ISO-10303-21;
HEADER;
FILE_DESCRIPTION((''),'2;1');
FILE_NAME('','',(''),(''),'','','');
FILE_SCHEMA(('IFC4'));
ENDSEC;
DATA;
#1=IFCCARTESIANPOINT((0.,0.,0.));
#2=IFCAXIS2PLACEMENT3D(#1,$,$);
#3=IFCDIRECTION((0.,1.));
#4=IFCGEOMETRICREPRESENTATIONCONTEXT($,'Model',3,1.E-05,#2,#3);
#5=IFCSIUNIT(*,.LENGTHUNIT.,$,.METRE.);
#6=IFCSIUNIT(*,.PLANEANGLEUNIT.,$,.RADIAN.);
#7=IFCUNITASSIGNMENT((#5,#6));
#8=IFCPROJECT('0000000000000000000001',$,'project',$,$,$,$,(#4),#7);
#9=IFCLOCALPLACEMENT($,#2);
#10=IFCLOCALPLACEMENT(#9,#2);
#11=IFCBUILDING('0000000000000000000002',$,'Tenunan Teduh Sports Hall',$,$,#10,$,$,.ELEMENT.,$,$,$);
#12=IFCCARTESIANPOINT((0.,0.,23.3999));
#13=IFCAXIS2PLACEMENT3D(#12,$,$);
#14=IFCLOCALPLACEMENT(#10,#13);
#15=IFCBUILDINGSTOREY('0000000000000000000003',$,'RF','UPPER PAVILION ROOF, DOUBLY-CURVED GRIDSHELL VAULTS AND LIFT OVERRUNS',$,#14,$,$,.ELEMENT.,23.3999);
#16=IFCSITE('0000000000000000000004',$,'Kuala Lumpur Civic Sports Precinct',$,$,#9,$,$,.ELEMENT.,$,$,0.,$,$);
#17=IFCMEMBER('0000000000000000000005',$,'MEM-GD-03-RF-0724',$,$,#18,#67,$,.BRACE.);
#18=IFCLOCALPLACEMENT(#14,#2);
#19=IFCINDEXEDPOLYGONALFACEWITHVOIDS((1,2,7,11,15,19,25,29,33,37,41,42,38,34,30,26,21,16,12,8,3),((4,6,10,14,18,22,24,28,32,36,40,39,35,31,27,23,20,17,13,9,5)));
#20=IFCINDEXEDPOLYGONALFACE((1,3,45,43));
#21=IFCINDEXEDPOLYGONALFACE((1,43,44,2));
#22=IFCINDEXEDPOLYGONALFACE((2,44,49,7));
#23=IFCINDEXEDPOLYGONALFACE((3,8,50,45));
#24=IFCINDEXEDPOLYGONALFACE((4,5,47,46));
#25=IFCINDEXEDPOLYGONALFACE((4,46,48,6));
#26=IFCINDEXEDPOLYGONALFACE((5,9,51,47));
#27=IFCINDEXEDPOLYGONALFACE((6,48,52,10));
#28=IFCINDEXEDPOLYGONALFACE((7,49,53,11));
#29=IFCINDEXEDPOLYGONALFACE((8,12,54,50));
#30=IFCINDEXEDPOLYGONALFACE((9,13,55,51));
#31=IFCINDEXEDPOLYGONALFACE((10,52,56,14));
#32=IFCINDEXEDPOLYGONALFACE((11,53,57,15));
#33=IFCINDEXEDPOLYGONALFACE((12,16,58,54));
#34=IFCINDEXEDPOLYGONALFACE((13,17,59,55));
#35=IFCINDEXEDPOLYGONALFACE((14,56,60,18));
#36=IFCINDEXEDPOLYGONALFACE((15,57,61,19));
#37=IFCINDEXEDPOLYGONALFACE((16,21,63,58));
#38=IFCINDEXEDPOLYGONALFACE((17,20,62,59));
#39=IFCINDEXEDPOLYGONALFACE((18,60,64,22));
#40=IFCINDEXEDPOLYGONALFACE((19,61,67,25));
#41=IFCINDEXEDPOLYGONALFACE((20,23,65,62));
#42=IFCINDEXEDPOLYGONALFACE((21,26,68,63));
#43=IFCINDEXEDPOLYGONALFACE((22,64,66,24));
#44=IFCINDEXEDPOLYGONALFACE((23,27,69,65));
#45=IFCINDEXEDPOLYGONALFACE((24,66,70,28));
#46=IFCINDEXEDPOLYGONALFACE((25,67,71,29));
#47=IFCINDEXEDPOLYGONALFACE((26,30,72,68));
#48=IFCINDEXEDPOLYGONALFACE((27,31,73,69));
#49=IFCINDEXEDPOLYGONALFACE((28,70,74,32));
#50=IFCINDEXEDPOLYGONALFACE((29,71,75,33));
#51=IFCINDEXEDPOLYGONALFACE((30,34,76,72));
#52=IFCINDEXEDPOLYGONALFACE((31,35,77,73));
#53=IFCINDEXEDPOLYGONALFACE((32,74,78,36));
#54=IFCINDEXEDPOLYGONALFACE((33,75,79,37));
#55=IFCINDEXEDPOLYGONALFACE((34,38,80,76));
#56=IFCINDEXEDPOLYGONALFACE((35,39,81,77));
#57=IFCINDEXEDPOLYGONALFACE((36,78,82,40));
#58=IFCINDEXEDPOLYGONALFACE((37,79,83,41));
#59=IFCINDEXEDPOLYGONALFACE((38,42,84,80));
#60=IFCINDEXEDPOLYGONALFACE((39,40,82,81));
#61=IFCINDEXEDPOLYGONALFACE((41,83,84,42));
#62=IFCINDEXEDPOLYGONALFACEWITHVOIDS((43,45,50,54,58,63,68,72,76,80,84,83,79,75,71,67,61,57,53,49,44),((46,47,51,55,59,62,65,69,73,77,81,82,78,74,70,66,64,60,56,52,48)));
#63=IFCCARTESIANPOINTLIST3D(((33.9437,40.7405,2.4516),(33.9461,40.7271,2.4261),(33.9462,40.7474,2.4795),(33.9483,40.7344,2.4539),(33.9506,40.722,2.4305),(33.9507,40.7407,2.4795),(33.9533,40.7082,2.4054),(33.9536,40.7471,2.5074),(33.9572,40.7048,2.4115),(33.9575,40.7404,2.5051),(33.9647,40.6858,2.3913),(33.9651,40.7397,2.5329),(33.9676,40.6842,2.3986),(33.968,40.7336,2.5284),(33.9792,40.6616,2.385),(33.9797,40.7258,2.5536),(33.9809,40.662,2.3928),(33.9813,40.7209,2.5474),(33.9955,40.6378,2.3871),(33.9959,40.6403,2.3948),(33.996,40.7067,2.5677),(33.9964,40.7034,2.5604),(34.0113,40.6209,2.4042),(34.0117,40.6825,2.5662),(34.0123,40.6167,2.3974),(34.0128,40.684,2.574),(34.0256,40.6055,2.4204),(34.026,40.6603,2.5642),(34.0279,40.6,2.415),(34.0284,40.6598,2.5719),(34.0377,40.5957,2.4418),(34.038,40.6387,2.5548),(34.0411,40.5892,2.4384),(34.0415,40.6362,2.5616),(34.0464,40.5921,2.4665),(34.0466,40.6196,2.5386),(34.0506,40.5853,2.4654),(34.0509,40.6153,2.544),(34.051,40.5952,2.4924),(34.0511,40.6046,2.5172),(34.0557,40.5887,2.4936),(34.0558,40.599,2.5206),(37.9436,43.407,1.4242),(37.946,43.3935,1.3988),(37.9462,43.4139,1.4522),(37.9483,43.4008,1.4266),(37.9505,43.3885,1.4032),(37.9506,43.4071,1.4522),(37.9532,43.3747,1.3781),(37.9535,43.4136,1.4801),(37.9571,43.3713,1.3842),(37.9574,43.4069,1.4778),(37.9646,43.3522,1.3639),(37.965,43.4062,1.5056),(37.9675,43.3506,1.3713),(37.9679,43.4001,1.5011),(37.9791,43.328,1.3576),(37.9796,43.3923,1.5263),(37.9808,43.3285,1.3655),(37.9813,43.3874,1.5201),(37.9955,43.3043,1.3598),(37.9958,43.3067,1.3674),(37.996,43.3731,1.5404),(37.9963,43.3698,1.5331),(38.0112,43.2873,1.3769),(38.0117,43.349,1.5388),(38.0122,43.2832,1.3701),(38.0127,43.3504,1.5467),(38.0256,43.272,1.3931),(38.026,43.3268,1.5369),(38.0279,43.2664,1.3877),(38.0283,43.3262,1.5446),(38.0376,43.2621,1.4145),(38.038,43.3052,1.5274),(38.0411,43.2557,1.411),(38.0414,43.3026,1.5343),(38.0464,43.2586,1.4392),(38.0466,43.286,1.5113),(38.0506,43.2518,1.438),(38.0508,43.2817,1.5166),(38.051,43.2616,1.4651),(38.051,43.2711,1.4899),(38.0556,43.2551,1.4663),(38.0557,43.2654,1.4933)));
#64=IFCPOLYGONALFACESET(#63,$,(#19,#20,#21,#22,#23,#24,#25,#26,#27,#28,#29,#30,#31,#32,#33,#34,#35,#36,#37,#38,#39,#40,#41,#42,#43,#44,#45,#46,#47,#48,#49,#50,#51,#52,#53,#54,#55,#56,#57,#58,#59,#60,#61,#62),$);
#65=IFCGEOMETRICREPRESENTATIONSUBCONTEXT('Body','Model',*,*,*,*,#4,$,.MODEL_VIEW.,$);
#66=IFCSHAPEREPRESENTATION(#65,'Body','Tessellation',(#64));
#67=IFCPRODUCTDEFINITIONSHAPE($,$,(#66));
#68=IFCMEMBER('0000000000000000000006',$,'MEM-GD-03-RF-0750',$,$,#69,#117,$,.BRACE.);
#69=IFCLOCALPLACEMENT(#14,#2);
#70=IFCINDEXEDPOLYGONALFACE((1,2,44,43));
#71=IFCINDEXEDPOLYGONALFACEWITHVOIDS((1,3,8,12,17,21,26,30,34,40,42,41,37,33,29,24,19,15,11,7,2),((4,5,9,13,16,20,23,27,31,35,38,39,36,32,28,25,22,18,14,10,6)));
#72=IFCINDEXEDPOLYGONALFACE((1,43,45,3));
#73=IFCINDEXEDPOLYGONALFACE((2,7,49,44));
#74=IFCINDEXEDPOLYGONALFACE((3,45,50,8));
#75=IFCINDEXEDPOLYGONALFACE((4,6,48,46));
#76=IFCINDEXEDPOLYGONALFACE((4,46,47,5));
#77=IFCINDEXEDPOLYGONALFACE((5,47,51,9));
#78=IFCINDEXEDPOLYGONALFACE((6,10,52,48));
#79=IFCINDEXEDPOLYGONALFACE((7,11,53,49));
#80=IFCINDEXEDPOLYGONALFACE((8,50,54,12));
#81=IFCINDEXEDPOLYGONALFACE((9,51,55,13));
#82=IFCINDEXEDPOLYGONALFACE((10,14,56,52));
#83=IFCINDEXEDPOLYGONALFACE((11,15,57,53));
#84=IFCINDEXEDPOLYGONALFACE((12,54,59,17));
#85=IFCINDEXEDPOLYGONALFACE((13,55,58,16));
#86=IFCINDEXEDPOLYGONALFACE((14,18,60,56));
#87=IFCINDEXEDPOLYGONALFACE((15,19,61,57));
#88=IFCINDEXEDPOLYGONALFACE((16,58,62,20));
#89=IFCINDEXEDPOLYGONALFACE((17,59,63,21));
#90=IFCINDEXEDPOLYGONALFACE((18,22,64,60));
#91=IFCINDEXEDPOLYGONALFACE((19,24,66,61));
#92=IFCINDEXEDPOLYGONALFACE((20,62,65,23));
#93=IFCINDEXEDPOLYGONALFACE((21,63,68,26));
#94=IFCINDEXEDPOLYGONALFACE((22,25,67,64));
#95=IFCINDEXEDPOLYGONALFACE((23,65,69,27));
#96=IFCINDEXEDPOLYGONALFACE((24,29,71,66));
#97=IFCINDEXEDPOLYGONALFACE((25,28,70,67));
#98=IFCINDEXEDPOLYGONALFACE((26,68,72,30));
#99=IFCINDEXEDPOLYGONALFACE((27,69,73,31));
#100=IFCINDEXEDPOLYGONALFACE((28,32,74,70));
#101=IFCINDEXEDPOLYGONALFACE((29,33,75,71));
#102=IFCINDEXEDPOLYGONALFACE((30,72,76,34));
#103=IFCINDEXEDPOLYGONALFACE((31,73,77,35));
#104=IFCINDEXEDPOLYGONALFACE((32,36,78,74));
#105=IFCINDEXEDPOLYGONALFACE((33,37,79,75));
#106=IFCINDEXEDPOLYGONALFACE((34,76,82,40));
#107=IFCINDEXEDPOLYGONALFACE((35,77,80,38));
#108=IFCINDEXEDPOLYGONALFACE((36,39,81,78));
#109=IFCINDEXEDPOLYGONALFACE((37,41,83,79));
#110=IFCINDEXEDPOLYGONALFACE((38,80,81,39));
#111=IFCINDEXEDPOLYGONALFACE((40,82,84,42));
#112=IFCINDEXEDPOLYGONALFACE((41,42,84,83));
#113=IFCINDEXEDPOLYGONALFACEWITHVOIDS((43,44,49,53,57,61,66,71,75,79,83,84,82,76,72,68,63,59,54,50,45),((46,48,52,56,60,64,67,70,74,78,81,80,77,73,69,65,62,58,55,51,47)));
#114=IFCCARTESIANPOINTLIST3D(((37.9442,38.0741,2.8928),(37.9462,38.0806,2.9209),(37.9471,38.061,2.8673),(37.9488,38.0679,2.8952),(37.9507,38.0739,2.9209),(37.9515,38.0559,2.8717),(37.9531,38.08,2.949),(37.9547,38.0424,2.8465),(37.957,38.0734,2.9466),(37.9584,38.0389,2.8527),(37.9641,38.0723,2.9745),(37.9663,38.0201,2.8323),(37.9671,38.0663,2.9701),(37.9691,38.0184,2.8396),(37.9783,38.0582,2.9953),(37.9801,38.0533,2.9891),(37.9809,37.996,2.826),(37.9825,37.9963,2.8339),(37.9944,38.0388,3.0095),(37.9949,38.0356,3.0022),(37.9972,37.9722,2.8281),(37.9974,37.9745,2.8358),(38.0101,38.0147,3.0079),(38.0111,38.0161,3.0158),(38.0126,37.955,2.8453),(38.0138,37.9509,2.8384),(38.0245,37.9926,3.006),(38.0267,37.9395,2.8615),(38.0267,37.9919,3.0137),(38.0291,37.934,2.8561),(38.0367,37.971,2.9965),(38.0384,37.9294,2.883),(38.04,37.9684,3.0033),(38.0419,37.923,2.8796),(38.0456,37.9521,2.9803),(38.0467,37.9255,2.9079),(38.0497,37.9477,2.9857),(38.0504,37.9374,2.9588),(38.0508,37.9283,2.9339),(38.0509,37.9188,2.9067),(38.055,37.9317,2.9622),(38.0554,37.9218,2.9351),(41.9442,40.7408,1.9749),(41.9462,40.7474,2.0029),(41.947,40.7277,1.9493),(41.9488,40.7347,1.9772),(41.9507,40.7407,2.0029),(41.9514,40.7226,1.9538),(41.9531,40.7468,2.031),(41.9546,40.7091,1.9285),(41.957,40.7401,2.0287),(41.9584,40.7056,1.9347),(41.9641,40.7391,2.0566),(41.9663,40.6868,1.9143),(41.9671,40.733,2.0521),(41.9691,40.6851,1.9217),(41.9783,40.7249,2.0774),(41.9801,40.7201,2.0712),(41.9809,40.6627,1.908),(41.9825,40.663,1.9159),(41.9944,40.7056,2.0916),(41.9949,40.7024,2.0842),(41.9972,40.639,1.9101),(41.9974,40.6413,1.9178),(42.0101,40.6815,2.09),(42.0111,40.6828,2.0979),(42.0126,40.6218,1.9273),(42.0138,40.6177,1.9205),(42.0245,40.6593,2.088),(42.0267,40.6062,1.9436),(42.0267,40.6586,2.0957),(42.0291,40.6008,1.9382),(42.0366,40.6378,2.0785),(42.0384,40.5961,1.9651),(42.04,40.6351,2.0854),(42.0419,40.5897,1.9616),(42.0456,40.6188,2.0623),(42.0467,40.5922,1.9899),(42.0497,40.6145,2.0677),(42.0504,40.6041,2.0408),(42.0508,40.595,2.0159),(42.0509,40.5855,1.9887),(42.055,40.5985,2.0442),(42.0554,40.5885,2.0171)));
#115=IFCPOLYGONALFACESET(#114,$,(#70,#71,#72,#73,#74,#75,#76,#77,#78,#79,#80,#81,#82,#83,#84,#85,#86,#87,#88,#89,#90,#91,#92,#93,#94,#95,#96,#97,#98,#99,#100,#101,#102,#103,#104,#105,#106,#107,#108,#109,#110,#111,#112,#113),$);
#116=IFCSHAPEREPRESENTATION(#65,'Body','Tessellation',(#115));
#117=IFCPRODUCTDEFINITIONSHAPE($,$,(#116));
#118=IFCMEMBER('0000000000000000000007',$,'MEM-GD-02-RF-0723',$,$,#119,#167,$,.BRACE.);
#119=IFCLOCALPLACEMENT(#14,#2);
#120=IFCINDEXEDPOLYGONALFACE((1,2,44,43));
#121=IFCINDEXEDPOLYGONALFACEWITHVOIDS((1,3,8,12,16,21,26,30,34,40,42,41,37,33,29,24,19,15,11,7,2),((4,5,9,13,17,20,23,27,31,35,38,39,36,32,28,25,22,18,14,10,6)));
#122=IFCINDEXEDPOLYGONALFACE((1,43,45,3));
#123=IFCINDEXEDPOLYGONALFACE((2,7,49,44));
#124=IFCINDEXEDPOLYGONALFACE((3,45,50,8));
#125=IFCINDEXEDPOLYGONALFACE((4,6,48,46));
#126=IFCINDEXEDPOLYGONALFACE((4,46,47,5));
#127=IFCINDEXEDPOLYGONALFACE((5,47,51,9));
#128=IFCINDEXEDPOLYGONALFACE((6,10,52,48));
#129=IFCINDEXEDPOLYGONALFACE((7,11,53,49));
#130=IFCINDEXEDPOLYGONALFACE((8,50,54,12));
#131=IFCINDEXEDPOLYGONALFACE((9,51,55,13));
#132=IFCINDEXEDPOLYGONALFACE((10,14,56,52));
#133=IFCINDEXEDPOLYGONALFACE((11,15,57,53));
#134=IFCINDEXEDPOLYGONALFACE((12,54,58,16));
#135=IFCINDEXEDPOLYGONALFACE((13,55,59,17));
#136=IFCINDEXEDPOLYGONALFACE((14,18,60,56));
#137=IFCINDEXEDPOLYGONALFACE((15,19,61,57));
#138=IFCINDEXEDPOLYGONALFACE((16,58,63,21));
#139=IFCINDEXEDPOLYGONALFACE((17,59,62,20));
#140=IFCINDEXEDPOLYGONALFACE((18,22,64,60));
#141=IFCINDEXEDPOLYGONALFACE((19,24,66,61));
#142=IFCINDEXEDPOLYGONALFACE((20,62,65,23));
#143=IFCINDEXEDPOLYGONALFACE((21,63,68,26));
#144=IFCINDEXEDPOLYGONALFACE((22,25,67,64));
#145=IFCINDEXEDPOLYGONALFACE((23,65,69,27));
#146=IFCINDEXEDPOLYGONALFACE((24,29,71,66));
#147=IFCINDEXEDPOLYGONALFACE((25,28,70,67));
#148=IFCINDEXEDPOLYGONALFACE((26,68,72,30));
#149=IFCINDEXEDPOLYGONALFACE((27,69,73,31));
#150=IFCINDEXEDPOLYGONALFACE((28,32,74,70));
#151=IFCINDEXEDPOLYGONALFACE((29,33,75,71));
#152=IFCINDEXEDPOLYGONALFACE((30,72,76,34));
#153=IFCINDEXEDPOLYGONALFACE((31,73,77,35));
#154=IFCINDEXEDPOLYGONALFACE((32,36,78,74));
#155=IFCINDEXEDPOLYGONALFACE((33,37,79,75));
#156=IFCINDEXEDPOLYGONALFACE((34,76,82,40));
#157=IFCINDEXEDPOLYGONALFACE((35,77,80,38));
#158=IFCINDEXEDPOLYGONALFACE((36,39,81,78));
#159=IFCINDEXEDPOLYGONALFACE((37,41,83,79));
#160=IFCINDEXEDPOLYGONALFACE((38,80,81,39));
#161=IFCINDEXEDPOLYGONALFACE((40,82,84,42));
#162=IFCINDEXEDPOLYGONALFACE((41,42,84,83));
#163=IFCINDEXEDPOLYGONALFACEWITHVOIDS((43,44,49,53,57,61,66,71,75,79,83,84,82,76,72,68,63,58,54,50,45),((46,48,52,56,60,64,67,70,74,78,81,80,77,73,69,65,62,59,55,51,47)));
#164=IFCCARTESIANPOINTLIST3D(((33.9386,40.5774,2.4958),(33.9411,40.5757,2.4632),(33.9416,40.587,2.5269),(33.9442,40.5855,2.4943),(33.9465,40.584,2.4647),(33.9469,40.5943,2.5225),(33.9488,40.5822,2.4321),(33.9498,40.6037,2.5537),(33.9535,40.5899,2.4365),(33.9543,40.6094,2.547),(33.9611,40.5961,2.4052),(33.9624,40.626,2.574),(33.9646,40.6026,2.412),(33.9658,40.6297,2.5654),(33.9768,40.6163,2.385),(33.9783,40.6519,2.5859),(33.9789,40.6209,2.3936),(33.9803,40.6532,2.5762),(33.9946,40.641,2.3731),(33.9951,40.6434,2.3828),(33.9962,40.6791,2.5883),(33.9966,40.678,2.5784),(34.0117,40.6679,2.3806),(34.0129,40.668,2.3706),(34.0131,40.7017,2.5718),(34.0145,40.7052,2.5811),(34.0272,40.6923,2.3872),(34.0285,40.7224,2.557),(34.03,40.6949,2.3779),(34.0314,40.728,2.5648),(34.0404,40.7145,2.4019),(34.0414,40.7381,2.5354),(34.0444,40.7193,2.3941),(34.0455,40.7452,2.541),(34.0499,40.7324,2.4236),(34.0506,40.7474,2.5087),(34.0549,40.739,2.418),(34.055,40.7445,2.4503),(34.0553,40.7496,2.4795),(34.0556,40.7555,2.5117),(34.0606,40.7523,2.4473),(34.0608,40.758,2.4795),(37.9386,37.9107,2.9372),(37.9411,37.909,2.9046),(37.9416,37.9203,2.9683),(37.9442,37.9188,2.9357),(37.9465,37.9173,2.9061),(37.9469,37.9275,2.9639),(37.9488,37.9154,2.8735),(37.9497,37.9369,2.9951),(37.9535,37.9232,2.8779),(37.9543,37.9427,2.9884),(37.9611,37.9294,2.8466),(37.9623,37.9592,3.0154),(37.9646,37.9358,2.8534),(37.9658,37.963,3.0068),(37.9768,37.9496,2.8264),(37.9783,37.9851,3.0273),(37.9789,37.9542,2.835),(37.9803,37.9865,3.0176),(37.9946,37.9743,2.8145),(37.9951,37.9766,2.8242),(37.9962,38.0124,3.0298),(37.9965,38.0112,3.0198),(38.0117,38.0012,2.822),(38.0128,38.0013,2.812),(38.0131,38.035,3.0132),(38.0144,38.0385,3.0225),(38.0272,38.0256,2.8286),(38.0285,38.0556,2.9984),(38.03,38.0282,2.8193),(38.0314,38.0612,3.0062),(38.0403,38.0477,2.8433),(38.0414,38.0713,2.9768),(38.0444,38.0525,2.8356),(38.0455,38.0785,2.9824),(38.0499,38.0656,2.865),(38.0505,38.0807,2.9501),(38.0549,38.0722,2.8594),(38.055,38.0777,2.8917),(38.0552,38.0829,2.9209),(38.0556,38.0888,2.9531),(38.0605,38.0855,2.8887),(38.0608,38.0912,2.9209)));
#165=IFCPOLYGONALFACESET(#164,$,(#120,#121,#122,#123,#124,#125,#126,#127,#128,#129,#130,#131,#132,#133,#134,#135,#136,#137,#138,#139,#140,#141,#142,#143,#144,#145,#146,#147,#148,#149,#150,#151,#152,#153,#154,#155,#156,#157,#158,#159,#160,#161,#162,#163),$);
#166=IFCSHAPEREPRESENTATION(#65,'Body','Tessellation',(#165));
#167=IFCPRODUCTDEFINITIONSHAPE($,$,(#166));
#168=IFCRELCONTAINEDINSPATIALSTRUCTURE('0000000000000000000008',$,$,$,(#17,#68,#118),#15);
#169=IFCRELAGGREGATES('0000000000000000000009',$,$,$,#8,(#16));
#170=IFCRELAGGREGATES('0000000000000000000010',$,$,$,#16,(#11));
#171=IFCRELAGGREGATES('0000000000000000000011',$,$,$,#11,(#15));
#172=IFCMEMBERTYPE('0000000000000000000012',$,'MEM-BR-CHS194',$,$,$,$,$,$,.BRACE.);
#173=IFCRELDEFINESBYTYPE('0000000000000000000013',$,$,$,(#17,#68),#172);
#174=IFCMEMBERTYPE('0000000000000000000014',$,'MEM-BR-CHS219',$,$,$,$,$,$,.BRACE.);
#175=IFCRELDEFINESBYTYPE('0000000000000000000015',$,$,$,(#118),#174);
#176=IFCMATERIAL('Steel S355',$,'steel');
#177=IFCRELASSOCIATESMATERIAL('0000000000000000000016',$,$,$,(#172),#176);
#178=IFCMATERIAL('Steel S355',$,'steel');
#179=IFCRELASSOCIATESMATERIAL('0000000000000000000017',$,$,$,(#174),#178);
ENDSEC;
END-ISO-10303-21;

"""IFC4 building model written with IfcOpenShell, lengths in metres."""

from ifc_helpers import new_model, si_unit, direction, frame, origin, origin_2d, place, context, subcontext, project, spatial, hollow_circle, extrude, material, material_profile, profile_set, type_object, element, save


model = new_model("IFC4")

# Units and contexts
model_context = context("Model", 3, precision=1e-05, world=origin(), true_north=direction((0.0, 1.0)))
body_context = subcontext(model_context, "Body", "Model", "MODEL_VIEW")
ifc_project = project(units=[si_unit("LENGTHUNIT", "METRE"), si_unit("PLANEANGLEUNIT", "RADIAN")], contexts=[model_context])

# Site, building, storey
site_placement = place(None, origin())
site = spatial("IfcSite", under=ifc_project, at=site_placement, Name="Kuala Lumpur Civic Sports Precinct", CompositionType="ELEMENT", RefElevation=0.0)
building_placement = place(site_placement, origin())
building = spatial("IfcBuilding", under=site, at=building_placement, Name="Tenunan Teduh Sports Hall", CompositionType="ELEMENT")
storey_placement = place(building_placement, frame((0.0, 0.0, 23.3999)))
storey = spatial("IfcBuildingStorey", under=building, at=storey_placement, Name="RF", Description="UPPER PAVILION ROOF, DOUBLY-CURVED GRIDSHELL VAULTS AND LIFT OVERRUNS", CompositionType="ELEMENT", Elevation=23.3999)

# Members
ifc_material_1 = material(Name="Steel S355", Category="steel")
ifc_material_profile_1 = material_profile(ifc_material_1, hollow_circle(Radius=0.0969, WallThickness=0.0081, at=origin_2d()), Name="CHS 193.7x8.0")
ifc_profile_set_1 = profile_set([ifc_material_profile_1], Name="Steel S355")
member_type_1 = type_object("IfcMemberType", Name="MEM-BR-CHS194", PredefinedType="BRACE", material=ifc_profile_set_1)
member_1_placement = place(storey_placement, frame((34.0, 40.6667, 2.4795), z_axis=(0.813693, 0.542429, -0.208986), x_axis=(-0.554677, 0.832066, 0.0)))
element("IfcMember", 1, at=member_1_placement, inside=storey, type_object=member_type_1, Name="MEM-GD-03-RF-0724", PredefinedType="BRACE", context=body_context, shape_type="SweptSolid", body=[
    extrude(hollow_circle(Radius=0.0969, WallThickness=0.0081, at=origin_2d()), origin(), (0.0, 0.0, 1.0), 4.9158),
])
member_2_placement = place(storey_placement, frame((38.0, 38.0, 2.9209), z_axis=(0.817277, 0.544868, -0.187559), x_axis=(-0.554712, 0.832042, 0.0)))
element("IfcMember", 2, at=member_2_placement, inside=storey, type_object=member_type_1, Name="MEM-GD-03-RF-0750", PredefinedType="BRACE", context=body_context, shape_type="SweptSolid", body=[
    extrude(hollow_circle(Radius=0.0969, WallThickness=0.0081, at=origin_2d()), origin(), (0.0, 0.0, 1.0), 4.8943),
])
ifc_material_2 = material(Name="Steel S355", Category="steel")
ifc_material_profile_2 = material_profile(ifc_material_2, hollow_circle(Radius=0.1096, WallThickness=0.01, at=origin_2d()), Name="CHS 219.1x10.0")
ifc_profile_set_2 = profile_set([ifc_material_profile_2], Name="Steel S355")
member_type_2 = type_object("IfcMemberType", Name="MEM-BR-CHS219", PredefinedType="BRACE", material=ifc_profile_set_2)
member_3_placement = place(storey_placement, frame((34.0, 40.6667, 2.4795), z_axis=(0.828557, -0.552388, 0.091433), x_axis=(0.554712, 0.832042, 0.0)))
element("IfcMember", 3, at=member_3_placement, inside=storey, type_object=member_type_2, Name="MEM-GD-02-RF-0723", PredefinedType="BRACE", context=body_context, shape_type="SweptSolid", body=[
    extrude(hollow_circle(Radius=0.1096, WallThickness=0.01, at=origin_2d()), origin(), (0.0, 0.0, 1.0), 4.8276),
])

save(model, "model.ifc")
